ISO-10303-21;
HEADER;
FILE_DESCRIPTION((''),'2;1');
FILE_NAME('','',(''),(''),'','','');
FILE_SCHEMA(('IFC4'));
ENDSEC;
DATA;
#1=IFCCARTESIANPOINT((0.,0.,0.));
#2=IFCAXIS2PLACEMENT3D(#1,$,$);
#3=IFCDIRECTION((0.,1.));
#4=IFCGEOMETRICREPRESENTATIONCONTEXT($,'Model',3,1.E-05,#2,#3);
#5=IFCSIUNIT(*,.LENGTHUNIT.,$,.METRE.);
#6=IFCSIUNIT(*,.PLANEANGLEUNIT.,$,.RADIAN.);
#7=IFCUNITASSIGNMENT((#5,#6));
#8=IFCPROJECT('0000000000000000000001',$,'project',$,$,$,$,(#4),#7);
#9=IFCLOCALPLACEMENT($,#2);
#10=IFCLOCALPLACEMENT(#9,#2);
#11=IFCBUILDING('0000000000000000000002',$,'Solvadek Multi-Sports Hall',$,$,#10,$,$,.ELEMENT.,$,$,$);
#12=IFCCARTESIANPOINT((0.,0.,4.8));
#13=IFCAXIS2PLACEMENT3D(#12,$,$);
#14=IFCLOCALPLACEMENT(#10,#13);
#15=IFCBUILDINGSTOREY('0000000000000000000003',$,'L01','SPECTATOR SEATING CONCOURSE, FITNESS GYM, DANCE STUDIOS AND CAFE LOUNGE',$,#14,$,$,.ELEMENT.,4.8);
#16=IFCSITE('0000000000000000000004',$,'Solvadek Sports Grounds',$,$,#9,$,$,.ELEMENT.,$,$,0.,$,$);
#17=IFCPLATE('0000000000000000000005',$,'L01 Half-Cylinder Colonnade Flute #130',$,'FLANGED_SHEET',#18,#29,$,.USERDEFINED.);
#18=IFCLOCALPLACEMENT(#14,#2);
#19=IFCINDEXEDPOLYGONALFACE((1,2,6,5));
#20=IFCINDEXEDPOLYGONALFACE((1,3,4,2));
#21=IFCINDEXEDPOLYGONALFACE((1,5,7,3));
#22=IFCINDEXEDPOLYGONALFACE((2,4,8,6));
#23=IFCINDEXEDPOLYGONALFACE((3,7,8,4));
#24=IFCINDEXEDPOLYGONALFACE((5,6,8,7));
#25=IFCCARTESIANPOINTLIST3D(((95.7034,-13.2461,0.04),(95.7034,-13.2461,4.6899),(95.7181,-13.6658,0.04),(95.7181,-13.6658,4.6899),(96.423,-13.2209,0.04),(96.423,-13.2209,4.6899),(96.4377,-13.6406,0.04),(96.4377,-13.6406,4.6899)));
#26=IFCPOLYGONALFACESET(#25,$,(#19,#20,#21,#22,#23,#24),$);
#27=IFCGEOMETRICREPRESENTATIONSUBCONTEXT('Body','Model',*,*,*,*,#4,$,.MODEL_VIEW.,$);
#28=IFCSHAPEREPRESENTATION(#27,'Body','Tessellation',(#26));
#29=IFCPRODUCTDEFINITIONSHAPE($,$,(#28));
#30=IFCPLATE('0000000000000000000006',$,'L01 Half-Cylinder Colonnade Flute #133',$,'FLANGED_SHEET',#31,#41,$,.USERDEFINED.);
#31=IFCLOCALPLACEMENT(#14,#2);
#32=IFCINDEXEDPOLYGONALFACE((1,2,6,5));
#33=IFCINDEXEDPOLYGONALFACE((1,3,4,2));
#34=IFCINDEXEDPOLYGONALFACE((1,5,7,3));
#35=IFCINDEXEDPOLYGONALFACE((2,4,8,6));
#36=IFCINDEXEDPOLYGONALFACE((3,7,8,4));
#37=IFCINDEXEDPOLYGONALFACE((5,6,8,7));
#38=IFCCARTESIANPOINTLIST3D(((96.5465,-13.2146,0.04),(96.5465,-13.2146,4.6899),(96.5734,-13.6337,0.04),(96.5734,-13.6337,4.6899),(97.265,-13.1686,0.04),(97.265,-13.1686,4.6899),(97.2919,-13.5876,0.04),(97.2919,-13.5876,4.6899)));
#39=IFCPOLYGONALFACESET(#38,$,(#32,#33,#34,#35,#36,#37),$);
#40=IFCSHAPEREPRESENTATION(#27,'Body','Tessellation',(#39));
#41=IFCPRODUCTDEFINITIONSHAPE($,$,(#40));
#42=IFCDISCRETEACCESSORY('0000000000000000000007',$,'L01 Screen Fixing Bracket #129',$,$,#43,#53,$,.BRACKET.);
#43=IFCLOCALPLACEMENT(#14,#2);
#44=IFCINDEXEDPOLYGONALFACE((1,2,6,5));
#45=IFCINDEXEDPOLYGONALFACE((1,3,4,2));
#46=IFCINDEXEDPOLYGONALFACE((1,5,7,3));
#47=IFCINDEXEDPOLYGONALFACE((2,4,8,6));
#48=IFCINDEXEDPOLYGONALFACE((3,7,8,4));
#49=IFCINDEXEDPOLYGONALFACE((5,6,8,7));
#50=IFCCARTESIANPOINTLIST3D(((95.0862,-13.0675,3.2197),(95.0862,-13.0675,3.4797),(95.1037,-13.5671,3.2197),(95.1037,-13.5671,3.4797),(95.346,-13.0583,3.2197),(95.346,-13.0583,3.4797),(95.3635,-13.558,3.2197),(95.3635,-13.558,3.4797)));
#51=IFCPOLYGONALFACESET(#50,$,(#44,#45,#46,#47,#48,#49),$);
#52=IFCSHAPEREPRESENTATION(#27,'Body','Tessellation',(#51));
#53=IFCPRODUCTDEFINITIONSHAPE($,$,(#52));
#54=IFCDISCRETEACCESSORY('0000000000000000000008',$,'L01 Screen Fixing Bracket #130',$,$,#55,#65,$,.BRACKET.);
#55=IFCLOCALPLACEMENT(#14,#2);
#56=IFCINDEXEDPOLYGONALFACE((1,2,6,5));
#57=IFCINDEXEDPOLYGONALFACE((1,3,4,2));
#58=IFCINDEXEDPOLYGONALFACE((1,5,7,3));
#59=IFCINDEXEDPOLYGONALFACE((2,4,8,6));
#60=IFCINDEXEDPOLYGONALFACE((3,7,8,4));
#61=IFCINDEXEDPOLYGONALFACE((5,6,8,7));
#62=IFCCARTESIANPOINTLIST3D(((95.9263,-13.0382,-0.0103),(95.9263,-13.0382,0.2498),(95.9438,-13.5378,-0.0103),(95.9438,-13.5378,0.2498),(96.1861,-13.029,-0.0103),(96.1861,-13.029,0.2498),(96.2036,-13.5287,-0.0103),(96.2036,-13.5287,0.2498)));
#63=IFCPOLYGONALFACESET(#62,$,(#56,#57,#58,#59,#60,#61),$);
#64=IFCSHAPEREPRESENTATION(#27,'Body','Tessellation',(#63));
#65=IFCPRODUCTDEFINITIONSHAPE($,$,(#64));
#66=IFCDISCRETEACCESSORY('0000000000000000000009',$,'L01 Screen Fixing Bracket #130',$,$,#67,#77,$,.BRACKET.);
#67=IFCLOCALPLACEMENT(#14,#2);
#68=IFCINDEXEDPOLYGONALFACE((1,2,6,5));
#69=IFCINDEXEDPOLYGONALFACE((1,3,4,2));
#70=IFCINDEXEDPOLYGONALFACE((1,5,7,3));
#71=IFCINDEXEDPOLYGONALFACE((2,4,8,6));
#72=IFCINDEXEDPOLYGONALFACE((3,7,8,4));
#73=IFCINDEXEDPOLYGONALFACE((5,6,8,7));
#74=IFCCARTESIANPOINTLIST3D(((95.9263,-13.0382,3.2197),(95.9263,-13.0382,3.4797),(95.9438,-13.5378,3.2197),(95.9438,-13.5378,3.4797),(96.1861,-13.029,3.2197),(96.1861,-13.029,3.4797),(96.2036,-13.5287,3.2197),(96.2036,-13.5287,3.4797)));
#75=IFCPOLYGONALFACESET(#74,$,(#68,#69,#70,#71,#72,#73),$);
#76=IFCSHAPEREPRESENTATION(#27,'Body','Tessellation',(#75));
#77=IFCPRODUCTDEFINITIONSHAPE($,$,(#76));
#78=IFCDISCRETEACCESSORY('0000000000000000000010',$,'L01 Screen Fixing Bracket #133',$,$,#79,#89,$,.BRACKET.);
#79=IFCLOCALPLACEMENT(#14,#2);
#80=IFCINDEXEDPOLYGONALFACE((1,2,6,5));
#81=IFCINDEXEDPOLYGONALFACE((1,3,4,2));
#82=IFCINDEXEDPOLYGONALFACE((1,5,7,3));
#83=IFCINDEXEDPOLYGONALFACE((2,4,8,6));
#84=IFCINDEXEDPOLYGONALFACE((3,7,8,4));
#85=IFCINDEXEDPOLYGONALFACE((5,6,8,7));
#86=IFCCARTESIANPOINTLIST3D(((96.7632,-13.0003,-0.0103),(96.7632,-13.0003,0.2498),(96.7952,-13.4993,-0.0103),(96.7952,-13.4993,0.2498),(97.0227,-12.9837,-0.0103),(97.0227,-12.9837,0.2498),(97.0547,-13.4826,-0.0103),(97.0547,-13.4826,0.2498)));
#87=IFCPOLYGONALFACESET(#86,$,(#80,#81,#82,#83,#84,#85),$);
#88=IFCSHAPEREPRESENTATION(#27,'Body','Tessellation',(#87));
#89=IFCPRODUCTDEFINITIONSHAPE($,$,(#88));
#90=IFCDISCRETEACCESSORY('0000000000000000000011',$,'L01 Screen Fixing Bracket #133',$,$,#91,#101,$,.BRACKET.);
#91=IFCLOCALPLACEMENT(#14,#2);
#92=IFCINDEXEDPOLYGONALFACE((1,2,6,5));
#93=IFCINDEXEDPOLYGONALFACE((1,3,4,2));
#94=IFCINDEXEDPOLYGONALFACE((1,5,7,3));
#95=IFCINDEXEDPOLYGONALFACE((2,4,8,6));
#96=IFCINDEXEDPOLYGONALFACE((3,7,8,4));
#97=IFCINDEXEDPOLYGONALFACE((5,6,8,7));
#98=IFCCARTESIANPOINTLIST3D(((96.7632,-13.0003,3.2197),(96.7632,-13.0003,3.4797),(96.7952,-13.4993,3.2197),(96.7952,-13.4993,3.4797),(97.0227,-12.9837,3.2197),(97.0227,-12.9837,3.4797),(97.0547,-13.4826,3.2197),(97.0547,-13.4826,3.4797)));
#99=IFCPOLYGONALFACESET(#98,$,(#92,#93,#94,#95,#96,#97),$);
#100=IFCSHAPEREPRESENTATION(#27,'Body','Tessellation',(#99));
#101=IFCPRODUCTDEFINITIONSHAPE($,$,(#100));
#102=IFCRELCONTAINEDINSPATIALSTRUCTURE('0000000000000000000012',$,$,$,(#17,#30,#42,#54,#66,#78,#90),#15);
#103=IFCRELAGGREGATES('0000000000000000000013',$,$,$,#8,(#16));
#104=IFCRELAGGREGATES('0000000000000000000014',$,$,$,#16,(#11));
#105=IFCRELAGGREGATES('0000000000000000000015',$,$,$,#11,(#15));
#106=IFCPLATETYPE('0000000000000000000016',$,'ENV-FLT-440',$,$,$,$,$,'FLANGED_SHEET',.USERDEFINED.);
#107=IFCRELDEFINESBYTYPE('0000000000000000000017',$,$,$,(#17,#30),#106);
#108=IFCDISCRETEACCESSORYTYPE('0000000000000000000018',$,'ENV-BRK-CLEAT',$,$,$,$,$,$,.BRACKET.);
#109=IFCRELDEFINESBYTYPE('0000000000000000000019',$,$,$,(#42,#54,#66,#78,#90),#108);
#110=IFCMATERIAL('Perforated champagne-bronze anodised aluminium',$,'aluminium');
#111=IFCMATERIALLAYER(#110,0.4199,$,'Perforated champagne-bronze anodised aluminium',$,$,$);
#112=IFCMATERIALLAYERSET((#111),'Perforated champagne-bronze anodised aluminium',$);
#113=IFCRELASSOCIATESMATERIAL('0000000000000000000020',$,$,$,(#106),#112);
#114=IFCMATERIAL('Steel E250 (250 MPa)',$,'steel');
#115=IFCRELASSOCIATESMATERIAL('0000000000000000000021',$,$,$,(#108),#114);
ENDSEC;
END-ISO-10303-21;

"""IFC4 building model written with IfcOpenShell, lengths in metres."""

from ifc_helpers import new_model, si_unit, direction, frame, origin, origin_2d, place, context, subcontext, project, spatial, rectangle, extrude, material, layer, layer_set, type_object, element, save


model = new_model("IFC4")

# Units and contexts
model_context = context("Model", 3, precision=1e-05, world=origin(), true_north=direction((0.0, 1.0)))
body_context = subcontext(model_context, "Body", "Model", "MODEL_VIEW")
ifc_project = project(units=[si_unit("LENGTHUNIT", "METRE"), si_unit("PLANEANGLEUNIT", "RADIAN")], contexts=[model_context])

# Site, building, storey
site_placement = place(None, origin())
site = spatial("IfcSite", under=ifc_project, at=site_placement, Name="Solvadek Sports Grounds", CompositionType="ELEMENT", RefElevation=0.0)
building_placement = place(site_placement, origin())
building = spatial("IfcBuilding", under=site, at=building_placement, Name="Solvadek Multi-Sports Hall", CompositionType="ELEMENT")
storey_placement = place(building_placement, frame((0.0, 0.0, 4.8)))
storey = spatial("IfcBuildingStorey", under=building, at=storey_placement, Name="L01", Description="SPECTATOR SEATING CONCOURSE, FITNESS GYM, DANCE STUDIOS AND CAFE LOUNGE", CompositionType="ELEMENT", Elevation=4.8)

# Shared definitions
ifc_material_1 = material(Name="Steel E250 (250 MPa)", Category="steel")

# Plates
ifc_material_2 = material(Name="Perforated champagne-bronze anodised aluminium", Category="aluminium")
ifc_layer_1 = layer(ifc_material_2, 0.4199, Name="Perforated champagne-bronze anodised aluminium")
ifc_layer_set_1 = layer_set([ifc_layer_1], Name="Perforated champagne-bronze anodised aluminium")
plate_type_1 = type_object("IfcPlateType", Name="ENV-FLT-440", ElementType="FLANGED_SHEET", PredefinedType="USERDEFINED", material=ifc_layer_set_1)
for number, where, z_axis, x_axis, name in (
    (1, (96.0706, -13.4434, 0.04), (0.0, 0.0, 1.0), (0.999386, 0.035038, 0.0), "L01 Half-Cylinder Colonnade Flute #130"),
    (2, (96.9192, -13.4011, 0.04), (0.0, 0.0, 1.0), (0.997955, 0.063917, 0.0), "L01 Half-Cylinder Colonnade Flute #133"),
):
    element("IfcPlate", number, at=place(storey_placement, frame(where, z_axis=z_axis, x_axis=x_axis)), inside=storey, type_object=plate_type_1, Name=name, ObjectType="FLANGED_SHEET", PredefinedType="USERDEFINED", context=body_context, shape_type="SweptSolid", body=[
        extrude(rectangle(XDim=0.72, YDim=0.4199, at=origin_2d()), origin(), (0.0, 0.0, 1.0), 4.6499),
    ])

# Discrete accessories
discrete_accessory_type = type_object("IfcDiscreteAccessoryType", Name="ENV-BRK-CLEAT", PredefinedType="BRACKET", material=ifc_material_1)
for number, where, z_axis, x_axis, name in (
    (3, (95.2249, -13.3127, 3.2197), (0.0, 0.0, 1.0), (0.999386, 0.035038, 0.0), "L01 Screen Fixing Bracket #129"),
    (4, (96.0649, -13.2834, -0.0103), (0.0, 0.0, 1.0), (0.999386, 0.035038, 0.0), "L01 Screen Fixing Bracket #130"),
    (5, (96.0649, -13.2834, 3.2197), (0.0, 0.0, 1.0), (0.999386, 0.035038, 0.0), "L01 Screen Fixing Bracket #130"),
    (6, (96.9089, -13.2415, -0.0103), (0.0, 0.0, 1.0), (0.997955, 0.063917, 0.0), "L01 Screen Fixing Bracket #133"),
    (7, (96.9089, -13.2415, 3.2197), (0.0, 0.0, 1.0), (0.997955, 0.063917, 0.0), "L01 Screen Fixing Bracket #133"),
):
    element("IfcDiscreteAccessory", number, at=place(storey_placement, frame(where, z_axis=z_axis, x_axis=x_axis)), inside=storey, type_object=discrete_accessory_type, Name=name, PredefinedType="BRACKET", context=body_context, shape_type="SweptSolid", body=[
        extrude(rectangle(XDim=0.26, YDim=0.5, at=origin_2d()), origin(), (0.0, 0.0, 1.0), 0.26),
    ])

save(model, "model.ifc")
